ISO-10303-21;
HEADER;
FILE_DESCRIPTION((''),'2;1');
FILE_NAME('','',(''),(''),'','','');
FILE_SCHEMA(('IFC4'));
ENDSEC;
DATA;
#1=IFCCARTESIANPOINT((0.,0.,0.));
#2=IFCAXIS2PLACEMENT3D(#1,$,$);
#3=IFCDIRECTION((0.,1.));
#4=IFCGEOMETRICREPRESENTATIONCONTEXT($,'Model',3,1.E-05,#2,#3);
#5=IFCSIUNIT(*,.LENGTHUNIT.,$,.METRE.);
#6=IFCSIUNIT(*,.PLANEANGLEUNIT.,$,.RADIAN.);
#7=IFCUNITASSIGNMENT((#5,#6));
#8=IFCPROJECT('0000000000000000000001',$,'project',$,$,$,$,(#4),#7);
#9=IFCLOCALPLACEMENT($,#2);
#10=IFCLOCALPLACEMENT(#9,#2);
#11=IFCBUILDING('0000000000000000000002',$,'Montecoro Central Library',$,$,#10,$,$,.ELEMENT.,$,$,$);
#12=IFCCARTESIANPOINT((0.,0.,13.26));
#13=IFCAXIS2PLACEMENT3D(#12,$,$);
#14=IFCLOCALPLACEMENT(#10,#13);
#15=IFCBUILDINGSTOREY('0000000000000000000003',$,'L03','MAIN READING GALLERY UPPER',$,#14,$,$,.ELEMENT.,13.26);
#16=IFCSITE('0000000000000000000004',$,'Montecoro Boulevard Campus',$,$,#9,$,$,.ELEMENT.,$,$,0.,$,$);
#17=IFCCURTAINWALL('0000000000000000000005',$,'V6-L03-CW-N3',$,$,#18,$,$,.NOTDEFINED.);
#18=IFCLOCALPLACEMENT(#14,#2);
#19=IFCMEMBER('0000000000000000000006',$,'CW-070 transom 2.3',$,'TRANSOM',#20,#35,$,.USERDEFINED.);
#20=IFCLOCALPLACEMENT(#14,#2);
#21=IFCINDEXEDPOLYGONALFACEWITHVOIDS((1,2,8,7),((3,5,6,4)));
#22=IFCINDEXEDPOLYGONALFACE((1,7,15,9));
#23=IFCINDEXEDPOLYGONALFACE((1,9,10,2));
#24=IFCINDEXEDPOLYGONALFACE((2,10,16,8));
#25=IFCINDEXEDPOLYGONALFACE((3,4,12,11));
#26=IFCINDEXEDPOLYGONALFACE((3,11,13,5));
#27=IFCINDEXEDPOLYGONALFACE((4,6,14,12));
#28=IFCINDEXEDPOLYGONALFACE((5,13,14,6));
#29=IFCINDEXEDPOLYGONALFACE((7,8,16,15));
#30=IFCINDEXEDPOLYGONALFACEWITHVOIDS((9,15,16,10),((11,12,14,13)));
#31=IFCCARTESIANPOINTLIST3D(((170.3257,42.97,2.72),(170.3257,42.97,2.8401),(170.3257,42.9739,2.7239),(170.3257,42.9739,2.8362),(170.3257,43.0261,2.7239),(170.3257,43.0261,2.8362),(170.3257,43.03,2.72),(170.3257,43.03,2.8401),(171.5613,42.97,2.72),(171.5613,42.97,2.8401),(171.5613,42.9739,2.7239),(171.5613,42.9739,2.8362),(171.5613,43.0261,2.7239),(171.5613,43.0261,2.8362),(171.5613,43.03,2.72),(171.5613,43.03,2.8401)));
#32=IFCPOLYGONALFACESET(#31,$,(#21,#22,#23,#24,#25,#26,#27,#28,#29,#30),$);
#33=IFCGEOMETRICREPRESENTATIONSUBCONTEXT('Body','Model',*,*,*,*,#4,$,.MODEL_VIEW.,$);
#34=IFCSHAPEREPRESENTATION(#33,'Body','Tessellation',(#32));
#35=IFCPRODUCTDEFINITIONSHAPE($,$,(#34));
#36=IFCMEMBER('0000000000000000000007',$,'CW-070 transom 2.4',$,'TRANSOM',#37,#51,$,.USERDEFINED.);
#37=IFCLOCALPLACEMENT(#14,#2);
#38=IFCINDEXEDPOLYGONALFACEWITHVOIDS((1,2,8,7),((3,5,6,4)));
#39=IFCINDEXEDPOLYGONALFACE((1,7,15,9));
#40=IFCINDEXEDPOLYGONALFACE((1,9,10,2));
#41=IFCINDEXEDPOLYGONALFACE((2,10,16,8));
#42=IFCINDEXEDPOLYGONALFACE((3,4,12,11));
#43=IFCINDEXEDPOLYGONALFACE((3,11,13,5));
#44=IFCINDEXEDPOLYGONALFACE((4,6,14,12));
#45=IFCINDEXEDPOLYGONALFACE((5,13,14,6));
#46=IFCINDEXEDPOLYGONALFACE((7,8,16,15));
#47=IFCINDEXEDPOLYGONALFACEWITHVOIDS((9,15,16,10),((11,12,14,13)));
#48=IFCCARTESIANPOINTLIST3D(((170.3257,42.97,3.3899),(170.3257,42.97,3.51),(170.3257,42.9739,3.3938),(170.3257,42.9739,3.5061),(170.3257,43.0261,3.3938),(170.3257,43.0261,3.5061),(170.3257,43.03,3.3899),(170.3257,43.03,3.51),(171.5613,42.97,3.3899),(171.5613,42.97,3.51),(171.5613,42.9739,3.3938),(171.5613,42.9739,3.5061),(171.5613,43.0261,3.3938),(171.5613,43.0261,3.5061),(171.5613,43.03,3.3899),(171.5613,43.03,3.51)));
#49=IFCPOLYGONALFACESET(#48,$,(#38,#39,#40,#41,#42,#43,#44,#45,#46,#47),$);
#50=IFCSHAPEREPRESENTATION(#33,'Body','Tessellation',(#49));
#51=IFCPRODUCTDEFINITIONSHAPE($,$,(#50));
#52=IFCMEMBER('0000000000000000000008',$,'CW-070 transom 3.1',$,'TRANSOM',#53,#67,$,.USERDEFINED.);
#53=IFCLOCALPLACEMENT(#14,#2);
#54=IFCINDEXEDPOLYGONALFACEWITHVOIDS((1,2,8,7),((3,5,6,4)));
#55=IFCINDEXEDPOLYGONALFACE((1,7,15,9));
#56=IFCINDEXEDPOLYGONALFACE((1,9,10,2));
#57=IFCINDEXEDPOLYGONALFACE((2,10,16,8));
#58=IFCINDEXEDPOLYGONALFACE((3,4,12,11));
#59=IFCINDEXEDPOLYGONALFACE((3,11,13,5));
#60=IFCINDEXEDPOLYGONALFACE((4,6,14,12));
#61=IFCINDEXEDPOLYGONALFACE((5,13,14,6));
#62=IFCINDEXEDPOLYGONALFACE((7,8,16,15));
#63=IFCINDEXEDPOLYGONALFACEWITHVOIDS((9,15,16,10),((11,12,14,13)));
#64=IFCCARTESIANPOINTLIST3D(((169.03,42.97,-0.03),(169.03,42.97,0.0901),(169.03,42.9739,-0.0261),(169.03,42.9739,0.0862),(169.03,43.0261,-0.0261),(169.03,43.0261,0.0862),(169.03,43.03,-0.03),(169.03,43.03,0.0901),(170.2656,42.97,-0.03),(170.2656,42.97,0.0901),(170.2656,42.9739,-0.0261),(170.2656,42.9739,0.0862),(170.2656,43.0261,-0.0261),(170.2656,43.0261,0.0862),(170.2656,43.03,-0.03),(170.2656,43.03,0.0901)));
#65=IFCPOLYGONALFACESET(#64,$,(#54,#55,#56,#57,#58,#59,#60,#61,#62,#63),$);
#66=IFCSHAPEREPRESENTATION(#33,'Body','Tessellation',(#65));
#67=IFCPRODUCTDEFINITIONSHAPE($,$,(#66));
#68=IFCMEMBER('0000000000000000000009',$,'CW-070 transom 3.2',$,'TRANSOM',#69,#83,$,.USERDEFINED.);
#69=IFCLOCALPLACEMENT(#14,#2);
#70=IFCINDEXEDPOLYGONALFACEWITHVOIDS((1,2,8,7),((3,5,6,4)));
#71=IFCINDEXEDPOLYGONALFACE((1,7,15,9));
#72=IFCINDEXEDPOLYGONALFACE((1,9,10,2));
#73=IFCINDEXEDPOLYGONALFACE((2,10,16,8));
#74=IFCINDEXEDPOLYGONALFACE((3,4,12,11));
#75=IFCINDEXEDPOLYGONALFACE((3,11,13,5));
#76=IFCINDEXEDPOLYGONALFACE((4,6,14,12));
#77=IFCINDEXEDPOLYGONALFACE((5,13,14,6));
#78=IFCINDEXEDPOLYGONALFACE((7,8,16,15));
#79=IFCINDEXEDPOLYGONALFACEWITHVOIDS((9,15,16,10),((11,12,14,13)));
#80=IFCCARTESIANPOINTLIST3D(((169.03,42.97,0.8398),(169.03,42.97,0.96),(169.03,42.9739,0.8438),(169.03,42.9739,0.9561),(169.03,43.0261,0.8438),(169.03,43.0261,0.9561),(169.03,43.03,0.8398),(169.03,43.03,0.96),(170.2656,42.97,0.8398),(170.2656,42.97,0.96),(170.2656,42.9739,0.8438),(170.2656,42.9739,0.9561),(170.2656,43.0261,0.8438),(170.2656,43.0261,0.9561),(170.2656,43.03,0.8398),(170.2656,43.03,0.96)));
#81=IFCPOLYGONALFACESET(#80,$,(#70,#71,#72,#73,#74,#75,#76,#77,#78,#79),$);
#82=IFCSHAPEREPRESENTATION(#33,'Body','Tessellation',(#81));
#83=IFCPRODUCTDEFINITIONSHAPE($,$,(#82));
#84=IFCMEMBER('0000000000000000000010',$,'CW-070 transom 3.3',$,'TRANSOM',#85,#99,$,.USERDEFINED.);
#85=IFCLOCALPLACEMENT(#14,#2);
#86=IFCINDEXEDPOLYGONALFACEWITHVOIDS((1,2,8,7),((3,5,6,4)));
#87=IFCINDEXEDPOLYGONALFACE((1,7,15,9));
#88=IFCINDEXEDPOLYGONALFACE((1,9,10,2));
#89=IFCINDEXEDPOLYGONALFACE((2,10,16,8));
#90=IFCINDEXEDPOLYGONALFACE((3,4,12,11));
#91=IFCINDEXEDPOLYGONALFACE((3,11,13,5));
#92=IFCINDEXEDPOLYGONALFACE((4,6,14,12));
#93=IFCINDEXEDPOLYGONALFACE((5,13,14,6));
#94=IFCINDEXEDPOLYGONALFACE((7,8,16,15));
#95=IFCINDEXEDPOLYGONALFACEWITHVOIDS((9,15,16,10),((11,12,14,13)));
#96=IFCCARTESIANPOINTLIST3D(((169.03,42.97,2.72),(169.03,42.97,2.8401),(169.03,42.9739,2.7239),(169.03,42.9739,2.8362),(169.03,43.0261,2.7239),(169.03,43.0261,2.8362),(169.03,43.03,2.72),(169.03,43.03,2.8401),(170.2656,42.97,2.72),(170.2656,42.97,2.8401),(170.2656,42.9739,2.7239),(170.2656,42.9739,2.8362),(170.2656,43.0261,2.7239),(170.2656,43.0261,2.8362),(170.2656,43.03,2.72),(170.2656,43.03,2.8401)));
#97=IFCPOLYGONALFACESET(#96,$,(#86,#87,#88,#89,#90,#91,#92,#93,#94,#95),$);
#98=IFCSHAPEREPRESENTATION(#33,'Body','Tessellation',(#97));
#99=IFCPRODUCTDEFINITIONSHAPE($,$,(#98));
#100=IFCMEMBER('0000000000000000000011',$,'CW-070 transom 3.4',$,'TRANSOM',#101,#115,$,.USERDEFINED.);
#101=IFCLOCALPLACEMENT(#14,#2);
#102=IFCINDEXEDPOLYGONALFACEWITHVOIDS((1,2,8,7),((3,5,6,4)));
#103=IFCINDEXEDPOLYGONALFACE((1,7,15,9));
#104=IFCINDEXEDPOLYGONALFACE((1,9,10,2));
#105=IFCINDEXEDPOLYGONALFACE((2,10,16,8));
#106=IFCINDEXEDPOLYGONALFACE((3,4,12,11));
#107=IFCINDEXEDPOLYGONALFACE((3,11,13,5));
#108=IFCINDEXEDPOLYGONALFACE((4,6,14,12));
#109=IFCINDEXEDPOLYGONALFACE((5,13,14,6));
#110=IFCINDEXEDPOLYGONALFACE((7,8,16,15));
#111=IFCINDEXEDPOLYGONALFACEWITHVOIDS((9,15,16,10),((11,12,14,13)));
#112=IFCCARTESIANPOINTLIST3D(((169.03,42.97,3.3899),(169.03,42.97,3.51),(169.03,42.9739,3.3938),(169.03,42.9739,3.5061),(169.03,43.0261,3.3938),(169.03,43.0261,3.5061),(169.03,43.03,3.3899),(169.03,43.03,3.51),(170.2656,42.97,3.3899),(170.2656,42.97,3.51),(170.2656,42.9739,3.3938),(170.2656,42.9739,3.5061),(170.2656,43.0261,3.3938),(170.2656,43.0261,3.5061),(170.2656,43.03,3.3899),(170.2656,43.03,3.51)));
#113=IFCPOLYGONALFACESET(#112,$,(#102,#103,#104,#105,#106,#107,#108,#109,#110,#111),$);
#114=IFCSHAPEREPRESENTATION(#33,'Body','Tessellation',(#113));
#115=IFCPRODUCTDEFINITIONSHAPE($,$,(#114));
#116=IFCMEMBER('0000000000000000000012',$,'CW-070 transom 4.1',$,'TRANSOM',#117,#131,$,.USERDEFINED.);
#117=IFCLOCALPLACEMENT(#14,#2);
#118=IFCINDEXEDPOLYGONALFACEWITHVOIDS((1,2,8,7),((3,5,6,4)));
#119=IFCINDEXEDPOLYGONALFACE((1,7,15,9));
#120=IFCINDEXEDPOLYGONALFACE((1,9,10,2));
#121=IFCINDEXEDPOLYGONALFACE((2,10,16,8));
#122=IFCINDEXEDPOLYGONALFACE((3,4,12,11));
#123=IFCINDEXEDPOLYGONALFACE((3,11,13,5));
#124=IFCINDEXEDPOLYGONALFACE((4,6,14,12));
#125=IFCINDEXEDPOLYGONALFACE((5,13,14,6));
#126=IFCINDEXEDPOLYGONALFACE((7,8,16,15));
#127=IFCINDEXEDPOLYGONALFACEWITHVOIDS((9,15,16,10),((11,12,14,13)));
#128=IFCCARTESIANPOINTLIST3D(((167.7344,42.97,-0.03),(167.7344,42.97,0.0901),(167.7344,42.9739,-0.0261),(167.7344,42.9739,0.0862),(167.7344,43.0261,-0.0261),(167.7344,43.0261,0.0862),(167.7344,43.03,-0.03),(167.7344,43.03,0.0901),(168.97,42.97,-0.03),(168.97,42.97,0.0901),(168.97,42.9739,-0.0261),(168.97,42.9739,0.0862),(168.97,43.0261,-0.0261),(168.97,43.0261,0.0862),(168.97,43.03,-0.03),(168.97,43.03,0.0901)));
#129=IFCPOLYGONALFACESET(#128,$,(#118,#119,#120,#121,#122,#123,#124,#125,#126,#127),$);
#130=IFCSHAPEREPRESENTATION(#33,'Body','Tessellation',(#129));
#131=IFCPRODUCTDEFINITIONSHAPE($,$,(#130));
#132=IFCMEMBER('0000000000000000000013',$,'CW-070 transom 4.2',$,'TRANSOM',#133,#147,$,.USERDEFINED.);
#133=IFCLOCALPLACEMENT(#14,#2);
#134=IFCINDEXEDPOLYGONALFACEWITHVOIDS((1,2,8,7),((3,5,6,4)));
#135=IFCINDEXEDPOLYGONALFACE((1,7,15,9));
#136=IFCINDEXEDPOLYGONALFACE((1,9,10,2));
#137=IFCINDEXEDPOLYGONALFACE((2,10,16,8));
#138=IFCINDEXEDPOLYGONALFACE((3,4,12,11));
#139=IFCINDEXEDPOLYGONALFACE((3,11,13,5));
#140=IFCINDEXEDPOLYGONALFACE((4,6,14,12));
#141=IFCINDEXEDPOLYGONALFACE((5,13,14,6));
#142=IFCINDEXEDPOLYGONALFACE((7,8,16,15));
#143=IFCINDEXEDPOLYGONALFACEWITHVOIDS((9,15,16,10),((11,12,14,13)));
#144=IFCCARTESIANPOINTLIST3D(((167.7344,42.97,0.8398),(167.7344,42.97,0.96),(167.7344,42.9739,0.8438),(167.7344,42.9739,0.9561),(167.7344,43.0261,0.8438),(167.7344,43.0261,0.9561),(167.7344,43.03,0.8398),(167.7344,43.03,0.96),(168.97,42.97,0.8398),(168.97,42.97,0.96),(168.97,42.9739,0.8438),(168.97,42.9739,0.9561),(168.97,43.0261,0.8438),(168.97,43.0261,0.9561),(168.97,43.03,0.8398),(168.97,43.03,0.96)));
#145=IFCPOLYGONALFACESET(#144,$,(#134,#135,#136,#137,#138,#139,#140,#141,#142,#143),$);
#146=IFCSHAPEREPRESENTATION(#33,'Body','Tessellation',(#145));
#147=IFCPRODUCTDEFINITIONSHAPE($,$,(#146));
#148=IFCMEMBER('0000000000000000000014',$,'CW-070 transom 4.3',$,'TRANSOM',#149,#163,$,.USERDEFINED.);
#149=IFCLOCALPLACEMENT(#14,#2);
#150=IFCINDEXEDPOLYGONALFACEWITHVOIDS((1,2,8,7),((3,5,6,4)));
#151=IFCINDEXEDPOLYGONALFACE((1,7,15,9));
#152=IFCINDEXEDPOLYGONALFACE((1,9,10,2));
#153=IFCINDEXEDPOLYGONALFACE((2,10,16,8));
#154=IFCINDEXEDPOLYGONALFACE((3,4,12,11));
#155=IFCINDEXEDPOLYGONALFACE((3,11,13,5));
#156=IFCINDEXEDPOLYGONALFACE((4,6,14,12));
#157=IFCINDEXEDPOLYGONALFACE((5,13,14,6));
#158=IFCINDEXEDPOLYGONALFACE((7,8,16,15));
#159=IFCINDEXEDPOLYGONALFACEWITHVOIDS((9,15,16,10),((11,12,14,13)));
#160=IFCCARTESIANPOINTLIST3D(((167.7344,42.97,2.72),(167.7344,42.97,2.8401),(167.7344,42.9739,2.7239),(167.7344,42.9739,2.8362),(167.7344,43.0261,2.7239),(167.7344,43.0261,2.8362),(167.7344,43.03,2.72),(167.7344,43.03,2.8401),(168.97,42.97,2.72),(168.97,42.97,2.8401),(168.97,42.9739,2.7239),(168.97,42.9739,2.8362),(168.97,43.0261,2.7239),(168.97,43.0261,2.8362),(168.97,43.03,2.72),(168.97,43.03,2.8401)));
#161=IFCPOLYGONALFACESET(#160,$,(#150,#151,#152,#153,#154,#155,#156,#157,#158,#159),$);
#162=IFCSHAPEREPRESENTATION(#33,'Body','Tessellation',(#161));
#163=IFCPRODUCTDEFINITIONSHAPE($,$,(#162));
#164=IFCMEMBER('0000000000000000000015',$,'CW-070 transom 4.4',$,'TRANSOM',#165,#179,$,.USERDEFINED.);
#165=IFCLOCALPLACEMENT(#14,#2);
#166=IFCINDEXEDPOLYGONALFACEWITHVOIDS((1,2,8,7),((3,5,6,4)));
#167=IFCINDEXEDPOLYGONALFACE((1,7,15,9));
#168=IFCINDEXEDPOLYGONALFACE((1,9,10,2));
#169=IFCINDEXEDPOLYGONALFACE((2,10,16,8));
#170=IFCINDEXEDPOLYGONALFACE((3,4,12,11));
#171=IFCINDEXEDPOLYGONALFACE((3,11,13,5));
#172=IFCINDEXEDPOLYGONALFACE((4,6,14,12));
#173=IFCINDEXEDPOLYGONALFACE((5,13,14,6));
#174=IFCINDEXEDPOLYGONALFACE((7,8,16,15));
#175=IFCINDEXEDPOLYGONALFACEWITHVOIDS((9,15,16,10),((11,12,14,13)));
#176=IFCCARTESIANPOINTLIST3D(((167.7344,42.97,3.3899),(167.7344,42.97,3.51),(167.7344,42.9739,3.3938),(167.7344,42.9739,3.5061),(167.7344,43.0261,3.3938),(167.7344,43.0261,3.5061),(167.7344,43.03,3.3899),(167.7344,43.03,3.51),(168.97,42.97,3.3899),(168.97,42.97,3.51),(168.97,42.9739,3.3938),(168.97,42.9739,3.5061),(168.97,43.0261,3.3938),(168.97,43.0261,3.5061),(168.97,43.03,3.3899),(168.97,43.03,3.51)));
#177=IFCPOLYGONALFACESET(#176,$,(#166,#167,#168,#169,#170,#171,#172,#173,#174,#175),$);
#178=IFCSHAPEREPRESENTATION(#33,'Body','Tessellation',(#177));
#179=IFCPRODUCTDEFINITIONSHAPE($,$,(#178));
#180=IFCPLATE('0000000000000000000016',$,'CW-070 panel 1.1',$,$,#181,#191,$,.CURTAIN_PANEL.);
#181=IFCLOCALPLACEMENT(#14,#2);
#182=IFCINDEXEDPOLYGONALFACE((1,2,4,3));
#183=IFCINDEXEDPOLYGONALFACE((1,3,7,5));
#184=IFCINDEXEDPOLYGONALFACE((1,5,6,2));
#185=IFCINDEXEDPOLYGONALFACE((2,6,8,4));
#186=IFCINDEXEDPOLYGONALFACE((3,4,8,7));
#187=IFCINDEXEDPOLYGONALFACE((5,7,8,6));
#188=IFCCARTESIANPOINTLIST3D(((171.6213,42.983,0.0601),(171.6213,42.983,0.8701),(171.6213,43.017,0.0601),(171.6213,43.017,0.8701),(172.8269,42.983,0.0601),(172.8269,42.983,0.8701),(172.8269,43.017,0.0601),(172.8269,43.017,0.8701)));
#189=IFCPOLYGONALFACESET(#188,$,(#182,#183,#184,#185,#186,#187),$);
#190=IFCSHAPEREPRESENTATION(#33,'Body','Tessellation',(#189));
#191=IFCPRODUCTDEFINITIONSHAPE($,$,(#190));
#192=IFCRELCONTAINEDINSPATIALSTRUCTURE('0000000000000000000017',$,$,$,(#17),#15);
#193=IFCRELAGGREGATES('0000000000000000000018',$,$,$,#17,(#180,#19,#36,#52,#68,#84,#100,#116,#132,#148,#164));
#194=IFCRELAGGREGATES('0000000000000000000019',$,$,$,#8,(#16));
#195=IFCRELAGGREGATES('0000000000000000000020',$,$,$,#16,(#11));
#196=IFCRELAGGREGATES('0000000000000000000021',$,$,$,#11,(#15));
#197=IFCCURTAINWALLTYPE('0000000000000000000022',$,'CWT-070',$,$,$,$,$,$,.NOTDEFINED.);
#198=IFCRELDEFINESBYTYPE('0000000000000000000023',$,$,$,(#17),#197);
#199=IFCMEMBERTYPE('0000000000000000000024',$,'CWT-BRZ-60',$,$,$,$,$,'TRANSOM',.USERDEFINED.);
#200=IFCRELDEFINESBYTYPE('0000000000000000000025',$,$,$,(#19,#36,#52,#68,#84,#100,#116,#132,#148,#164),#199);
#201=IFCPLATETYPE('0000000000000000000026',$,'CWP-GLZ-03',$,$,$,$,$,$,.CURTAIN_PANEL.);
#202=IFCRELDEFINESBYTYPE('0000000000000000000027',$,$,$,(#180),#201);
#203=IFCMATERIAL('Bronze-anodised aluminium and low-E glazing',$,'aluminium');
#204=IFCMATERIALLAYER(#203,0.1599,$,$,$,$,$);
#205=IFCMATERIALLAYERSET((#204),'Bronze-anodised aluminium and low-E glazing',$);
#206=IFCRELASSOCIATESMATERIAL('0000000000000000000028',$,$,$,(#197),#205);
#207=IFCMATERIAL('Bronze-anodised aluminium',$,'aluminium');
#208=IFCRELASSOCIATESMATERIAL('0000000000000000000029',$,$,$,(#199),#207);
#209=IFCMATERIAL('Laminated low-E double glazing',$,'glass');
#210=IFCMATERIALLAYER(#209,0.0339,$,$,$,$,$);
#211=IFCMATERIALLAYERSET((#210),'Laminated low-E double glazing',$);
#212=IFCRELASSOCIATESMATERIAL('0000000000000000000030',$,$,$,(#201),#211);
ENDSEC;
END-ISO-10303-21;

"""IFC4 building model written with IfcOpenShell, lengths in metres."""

from ifc_helpers import new_model, si_unit, direction, frame, origin, origin_2d, place, context, subcontext, project, spatial, rectangle, hollow_rectangle, extrude, material, layer, layer_set, material_profile, profile_set, type_object, element, aggregate, save


model = new_model("IFC4")

# Units and contexts
model_context = context("Model", 3, precision=1e-05, world=origin(), true_north=direction((0.0, 1.0)))
body_context = subcontext(model_context, "Body", "Model", "MODEL_VIEW")
ifc_project = project(units=[si_unit("LENGTHUNIT", "METRE"), si_unit("PLANEANGLEUNIT", "RADIAN")], contexts=[model_context])

# Site, building, storey
site_placement = place(None, origin())
site = spatial("IfcSite", under=ifc_project, at=site_placement, Name="Montecoro Boulevard Campus", CompositionType="ELEMENT", RefElevation=0.0)
building_placement = place(site_placement, origin())
building = spatial("IfcBuilding", under=site, at=building_placement, Name="Montecoro Central Library", CompositionType="ELEMENT")
storey_placement = place(building_placement, frame((0.0, 0.0, 13.26)))
storey = spatial("IfcBuildingStorey", under=building, at=storey_placement, Name="L03", Description="MAIN READING GALLERY UPPER", CompositionType="ELEMENT", Elevation=13.26)

# Curtain wall, members, plate
ifc_material_1 = material(Name="Bronze-anodised aluminium and low-E glazing", Category="aluminium")
ifc_layer_1 = layer(ifc_material_1, 0.1599)
ifc_layer_set_1 = layer_set([ifc_layer_1], Name="Bronze-anodised aluminium and low-E glazing")
curtain_wall_type = type_object("IfcCurtainWallType", Name="CWT-070", PredefinedType="NOTDEFINED", material=ifc_layer_set_1)
curtain_wall_placement = place(storey_placement, origin())
curtain_wall = element("IfcCurtainWall", 1, at=curtain_wall_placement, inside=storey, type_object=curtain_wall_type, Name="V6-L03-CW-N3", PredefinedType="NOTDEFINED")
ifc_material_2 = material(Name="Bronze-anodised aluminium", Category="aluminium")
ifc_material_profile_1 = material_profile(ifc_material_2, hollow_rectangle(XDim=0.0601, YDim=0.1201, WallThickness=0.0039, at=origin_2d()), Name="CWT 120x60x4.0")
ifc_profile_set_1 = profile_set([ifc_material_profile_1], Name="Bronze-anodised aluminium")
member_type_1 = type_object("IfcMemberType", Name="CWT-BRZ-60", ElementType="TRANSOM", PredefinedType="USERDEFINED", material=ifc_profile_set_1)
member_1_placement = place(storey_placement, frame((171.5613, 43.0, 2.78), z_axis=(-1.0, 0.0, 0.0), x_axis=(0.0, -1.0, 0.0)))
member_1 = element("IfcMember", 2, at=member_1_placement, type_object=member_type_1, Name="CW-070 transom 2.3", ObjectType="TRANSOM", PredefinedType="USERDEFINED", context=body_context, shape_type="SweptSolid", body=[
    extrude(hollow_rectangle(XDim=0.0601, YDim=0.1201, WallThickness=0.0039, at=origin_2d()), origin(), (0.0, 0.0, 1.0), 1.2356),
])
member_2_placement = place(storey_placement, frame((171.5613, 43.0, 3.45), z_axis=(-1.0, 0.0, 0.0), x_axis=(0.0, -1.0, 0.0)))
member_2 = element("IfcMember", 3, at=member_2_placement, type_object=member_type_1, Name="CW-070 transom 2.4", ObjectType="TRANSOM", PredefinedType="USERDEFINED", context=body_context, shape_type="SweptSolid", body=[
    extrude(hollow_rectangle(XDim=0.0601, YDim=0.1201, WallThickness=0.0039, at=origin_2d()), origin(), (0.0, 0.0, 1.0), 1.2356),
])
member_3_placement = place(storey_placement, frame((170.2656, 43.0, 0.03), z_axis=(-1.0, 0.0, 0.0), x_axis=(0.0, -1.0, 0.0)))
member_3 = element("IfcMember", 4, at=member_3_placement, type_object=member_type_1, Name="CW-070 transom 3.1", ObjectType="TRANSOM", PredefinedType="USERDEFINED", context=body_context, shape_type="SweptSolid", body=[
    extrude(hollow_rectangle(XDim=0.0601, YDim=0.1201, WallThickness=0.0039, at=origin_2d()), origin(), (0.0, 0.0, 1.0), 1.2356),
])
member_4_placement = place(storey_placement, frame((170.2656, 43.0, 0.8999), z_axis=(-1.0, 0.0, 0.0), x_axis=(0.0, -1.0, 0.0)))
member_4 = element("IfcMember", 5, at=member_4_placement, type_object=member_type_1, Name="CW-070 transom 3.2", ObjectType="TRANSOM", PredefinedType="USERDEFINED", context=body_context, shape_type="SweptSolid", body=[
    extrude(hollow_rectangle(XDim=0.0601, YDim=0.1201, WallThickness=0.0039, at=origin_2d()), origin(), (0.0, 0.0, 1.0), 1.2356),
])
member_5_placement = place(storey_placement, frame((170.2656, 43.0, 2.78), z_axis=(-1.0, 0.0, 0.0), x_axis=(0.0, -1.0, 0.0)))
member_5 = element("IfcMember", 6, at=member_5_placement, type_object=member_type_1, Name="CW-070 transom 3.3", ObjectType="TRANSOM", PredefinedType="USERDEFINED", context=body_context, shape_type="SweptSolid", body=[
    extrude(hollow_rectangle(XDim=0.0601, YDim=0.1201, WallThickness=0.0039, at=origin_2d()), origin(), (0.0, 0.0, 1.0), 1.2356),
])
member_6_placement = place(storey_placement, frame((170.2656, 43.0, 3.45), z_axis=(-1.0, 0.0, 0.0), x_axis=(0.0, -1.0, 0.0)))
member_6 = element("IfcMember", 7, at=member_6_placement, type_object=member_type_1, Name="CW-070 transom 3.4", ObjectType="TRANSOM", PredefinedType="USERDEFINED", context=body_context, shape_type="SweptSolid", body=[
    extrude(hollow_rectangle(XDim=0.0601, YDim=0.1201, WallThickness=0.0039, at=origin_2d()), origin(), (0.0, 0.0, 1.0), 1.2356),
])
member_7_placement = place(storey_placement, frame((168.97, 43.0, 0.03), z_axis=(-1.0, 0.0, 0.0), x_axis=(0.0, -1.0, 0.0)))
member_7 = element("IfcMember", 8, at=member_7_placement, type_object=member_type_1, Name="CW-070 transom 4.1", ObjectType="TRANSOM", PredefinedType="USERDEFINED", context=body_context, shape_type="SweptSolid", body=[
    extrude(hollow_rectangle(XDim=0.0601, YDim=0.1201, WallThickness=0.0039, at=origin_2d()), origin(), (0.0, 0.0, 1.0), 1.2356),
])
member_8_placement = place(storey_placement, frame((168.97, 43.0, 0.8999), z_axis=(-1.0, 0.0, 0.0), x_axis=(0.0, -1.0, 0.0)))
member_8 = element("IfcMember", 9, at=member_8_placement, type_object=member_type_1, Name="CW-070 transom 4.2", ObjectType="TRANSOM", PredefinedType="USERDEFINED", context=body_context, shape_type="SweptSolid", body=[
    extrude(hollow_rectangle(XDim=0.0601, YDim=0.1201, WallThickness=0.0039, at=origin_2d()), origin(), (0.0, 0.0, 1.0), 1.2356),
])
member_9_placement = place(storey_placement, frame((168.97, 43.0, 2.78), z_axis=(-1.0, 0.0, 0.0), x_axis=(0.0, -1.0, 0.0)))
member_9 = element("IfcMember", 10, at=member_9_placement, type_object=member_type_1, Name="CW-070 transom 4.3", ObjectType="TRANSOM", PredefinedType="USERDEFINED", context=body_context, shape_type="SweptSolid", body=[
    extrude(hollow_rectangle(XDim=0.0601, YDim=0.1201, WallThickness=0.0039, at=origin_2d()), origin(), (0.0, 0.0, 1.0), 1.2356),
])
member_10_placement = place(storey_placement, frame((168.97, 43.0, 3.45), z_axis=(-1.0, 0.0, 0.0), x_axis=(0.0, -1.0, 0.0)))
member_10 = element("IfcMember", 11, at=member_10_placement, type_object=member_type_1, Name="CW-070 transom 4.4", ObjectType="TRANSOM", PredefinedType="USERDEFINED", context=body_context, shape_type="SweptSolid", body=[
    extrude(hollow_rectangle(XDim=0.0601, YDim=0.1201, WallThickness=0.0039, at=origin_2d()), origin(), (0.0, 0.0, 1.0), 1.2356),
])
ifc_material_3 = material(Name="Laminated low-E double glazing", Category="glass")
ifc_layer_2 = layer(ifc_material_3, 0.0339)
ifc_layer_set_2 = layer_set([ifc_layer_2], Name="Laminated low-E double glazing")
plate_type = type_object("IfcPlateType", Name="CWP-GLZ-03", PredefinedType="CURTAIN_PANEL", material=ifc_layer_set_2)
plate_1_placement = place(storey_placement, frame((172.2241, 43.0, 0.0601), z_axis=(0.0, 0.0, 1.0), x_axis=(-1.0, 0.0, 0.0)))
plate_1 = element("IfcPlate", 12, at=plate_1_placement, type_object=plate_type, Name="CW-070 panel 1.1", PredefinedType="CURTAIN_PANEL", context=body_context, shape_type="SweptSolid", body=[
    extrude(rectangle(XDim=1.2056, YDim=0.0339, at=origin_2d()), origin(), (0.0, 0.0, 1.0), 0.8101),
])
aggregate(curtain_wall, [plate_1, member_1, member_2, member_3, member_4, member_5, member_6, member_7, member_8, member_9, member_10])

save(model, "model.ifc")
